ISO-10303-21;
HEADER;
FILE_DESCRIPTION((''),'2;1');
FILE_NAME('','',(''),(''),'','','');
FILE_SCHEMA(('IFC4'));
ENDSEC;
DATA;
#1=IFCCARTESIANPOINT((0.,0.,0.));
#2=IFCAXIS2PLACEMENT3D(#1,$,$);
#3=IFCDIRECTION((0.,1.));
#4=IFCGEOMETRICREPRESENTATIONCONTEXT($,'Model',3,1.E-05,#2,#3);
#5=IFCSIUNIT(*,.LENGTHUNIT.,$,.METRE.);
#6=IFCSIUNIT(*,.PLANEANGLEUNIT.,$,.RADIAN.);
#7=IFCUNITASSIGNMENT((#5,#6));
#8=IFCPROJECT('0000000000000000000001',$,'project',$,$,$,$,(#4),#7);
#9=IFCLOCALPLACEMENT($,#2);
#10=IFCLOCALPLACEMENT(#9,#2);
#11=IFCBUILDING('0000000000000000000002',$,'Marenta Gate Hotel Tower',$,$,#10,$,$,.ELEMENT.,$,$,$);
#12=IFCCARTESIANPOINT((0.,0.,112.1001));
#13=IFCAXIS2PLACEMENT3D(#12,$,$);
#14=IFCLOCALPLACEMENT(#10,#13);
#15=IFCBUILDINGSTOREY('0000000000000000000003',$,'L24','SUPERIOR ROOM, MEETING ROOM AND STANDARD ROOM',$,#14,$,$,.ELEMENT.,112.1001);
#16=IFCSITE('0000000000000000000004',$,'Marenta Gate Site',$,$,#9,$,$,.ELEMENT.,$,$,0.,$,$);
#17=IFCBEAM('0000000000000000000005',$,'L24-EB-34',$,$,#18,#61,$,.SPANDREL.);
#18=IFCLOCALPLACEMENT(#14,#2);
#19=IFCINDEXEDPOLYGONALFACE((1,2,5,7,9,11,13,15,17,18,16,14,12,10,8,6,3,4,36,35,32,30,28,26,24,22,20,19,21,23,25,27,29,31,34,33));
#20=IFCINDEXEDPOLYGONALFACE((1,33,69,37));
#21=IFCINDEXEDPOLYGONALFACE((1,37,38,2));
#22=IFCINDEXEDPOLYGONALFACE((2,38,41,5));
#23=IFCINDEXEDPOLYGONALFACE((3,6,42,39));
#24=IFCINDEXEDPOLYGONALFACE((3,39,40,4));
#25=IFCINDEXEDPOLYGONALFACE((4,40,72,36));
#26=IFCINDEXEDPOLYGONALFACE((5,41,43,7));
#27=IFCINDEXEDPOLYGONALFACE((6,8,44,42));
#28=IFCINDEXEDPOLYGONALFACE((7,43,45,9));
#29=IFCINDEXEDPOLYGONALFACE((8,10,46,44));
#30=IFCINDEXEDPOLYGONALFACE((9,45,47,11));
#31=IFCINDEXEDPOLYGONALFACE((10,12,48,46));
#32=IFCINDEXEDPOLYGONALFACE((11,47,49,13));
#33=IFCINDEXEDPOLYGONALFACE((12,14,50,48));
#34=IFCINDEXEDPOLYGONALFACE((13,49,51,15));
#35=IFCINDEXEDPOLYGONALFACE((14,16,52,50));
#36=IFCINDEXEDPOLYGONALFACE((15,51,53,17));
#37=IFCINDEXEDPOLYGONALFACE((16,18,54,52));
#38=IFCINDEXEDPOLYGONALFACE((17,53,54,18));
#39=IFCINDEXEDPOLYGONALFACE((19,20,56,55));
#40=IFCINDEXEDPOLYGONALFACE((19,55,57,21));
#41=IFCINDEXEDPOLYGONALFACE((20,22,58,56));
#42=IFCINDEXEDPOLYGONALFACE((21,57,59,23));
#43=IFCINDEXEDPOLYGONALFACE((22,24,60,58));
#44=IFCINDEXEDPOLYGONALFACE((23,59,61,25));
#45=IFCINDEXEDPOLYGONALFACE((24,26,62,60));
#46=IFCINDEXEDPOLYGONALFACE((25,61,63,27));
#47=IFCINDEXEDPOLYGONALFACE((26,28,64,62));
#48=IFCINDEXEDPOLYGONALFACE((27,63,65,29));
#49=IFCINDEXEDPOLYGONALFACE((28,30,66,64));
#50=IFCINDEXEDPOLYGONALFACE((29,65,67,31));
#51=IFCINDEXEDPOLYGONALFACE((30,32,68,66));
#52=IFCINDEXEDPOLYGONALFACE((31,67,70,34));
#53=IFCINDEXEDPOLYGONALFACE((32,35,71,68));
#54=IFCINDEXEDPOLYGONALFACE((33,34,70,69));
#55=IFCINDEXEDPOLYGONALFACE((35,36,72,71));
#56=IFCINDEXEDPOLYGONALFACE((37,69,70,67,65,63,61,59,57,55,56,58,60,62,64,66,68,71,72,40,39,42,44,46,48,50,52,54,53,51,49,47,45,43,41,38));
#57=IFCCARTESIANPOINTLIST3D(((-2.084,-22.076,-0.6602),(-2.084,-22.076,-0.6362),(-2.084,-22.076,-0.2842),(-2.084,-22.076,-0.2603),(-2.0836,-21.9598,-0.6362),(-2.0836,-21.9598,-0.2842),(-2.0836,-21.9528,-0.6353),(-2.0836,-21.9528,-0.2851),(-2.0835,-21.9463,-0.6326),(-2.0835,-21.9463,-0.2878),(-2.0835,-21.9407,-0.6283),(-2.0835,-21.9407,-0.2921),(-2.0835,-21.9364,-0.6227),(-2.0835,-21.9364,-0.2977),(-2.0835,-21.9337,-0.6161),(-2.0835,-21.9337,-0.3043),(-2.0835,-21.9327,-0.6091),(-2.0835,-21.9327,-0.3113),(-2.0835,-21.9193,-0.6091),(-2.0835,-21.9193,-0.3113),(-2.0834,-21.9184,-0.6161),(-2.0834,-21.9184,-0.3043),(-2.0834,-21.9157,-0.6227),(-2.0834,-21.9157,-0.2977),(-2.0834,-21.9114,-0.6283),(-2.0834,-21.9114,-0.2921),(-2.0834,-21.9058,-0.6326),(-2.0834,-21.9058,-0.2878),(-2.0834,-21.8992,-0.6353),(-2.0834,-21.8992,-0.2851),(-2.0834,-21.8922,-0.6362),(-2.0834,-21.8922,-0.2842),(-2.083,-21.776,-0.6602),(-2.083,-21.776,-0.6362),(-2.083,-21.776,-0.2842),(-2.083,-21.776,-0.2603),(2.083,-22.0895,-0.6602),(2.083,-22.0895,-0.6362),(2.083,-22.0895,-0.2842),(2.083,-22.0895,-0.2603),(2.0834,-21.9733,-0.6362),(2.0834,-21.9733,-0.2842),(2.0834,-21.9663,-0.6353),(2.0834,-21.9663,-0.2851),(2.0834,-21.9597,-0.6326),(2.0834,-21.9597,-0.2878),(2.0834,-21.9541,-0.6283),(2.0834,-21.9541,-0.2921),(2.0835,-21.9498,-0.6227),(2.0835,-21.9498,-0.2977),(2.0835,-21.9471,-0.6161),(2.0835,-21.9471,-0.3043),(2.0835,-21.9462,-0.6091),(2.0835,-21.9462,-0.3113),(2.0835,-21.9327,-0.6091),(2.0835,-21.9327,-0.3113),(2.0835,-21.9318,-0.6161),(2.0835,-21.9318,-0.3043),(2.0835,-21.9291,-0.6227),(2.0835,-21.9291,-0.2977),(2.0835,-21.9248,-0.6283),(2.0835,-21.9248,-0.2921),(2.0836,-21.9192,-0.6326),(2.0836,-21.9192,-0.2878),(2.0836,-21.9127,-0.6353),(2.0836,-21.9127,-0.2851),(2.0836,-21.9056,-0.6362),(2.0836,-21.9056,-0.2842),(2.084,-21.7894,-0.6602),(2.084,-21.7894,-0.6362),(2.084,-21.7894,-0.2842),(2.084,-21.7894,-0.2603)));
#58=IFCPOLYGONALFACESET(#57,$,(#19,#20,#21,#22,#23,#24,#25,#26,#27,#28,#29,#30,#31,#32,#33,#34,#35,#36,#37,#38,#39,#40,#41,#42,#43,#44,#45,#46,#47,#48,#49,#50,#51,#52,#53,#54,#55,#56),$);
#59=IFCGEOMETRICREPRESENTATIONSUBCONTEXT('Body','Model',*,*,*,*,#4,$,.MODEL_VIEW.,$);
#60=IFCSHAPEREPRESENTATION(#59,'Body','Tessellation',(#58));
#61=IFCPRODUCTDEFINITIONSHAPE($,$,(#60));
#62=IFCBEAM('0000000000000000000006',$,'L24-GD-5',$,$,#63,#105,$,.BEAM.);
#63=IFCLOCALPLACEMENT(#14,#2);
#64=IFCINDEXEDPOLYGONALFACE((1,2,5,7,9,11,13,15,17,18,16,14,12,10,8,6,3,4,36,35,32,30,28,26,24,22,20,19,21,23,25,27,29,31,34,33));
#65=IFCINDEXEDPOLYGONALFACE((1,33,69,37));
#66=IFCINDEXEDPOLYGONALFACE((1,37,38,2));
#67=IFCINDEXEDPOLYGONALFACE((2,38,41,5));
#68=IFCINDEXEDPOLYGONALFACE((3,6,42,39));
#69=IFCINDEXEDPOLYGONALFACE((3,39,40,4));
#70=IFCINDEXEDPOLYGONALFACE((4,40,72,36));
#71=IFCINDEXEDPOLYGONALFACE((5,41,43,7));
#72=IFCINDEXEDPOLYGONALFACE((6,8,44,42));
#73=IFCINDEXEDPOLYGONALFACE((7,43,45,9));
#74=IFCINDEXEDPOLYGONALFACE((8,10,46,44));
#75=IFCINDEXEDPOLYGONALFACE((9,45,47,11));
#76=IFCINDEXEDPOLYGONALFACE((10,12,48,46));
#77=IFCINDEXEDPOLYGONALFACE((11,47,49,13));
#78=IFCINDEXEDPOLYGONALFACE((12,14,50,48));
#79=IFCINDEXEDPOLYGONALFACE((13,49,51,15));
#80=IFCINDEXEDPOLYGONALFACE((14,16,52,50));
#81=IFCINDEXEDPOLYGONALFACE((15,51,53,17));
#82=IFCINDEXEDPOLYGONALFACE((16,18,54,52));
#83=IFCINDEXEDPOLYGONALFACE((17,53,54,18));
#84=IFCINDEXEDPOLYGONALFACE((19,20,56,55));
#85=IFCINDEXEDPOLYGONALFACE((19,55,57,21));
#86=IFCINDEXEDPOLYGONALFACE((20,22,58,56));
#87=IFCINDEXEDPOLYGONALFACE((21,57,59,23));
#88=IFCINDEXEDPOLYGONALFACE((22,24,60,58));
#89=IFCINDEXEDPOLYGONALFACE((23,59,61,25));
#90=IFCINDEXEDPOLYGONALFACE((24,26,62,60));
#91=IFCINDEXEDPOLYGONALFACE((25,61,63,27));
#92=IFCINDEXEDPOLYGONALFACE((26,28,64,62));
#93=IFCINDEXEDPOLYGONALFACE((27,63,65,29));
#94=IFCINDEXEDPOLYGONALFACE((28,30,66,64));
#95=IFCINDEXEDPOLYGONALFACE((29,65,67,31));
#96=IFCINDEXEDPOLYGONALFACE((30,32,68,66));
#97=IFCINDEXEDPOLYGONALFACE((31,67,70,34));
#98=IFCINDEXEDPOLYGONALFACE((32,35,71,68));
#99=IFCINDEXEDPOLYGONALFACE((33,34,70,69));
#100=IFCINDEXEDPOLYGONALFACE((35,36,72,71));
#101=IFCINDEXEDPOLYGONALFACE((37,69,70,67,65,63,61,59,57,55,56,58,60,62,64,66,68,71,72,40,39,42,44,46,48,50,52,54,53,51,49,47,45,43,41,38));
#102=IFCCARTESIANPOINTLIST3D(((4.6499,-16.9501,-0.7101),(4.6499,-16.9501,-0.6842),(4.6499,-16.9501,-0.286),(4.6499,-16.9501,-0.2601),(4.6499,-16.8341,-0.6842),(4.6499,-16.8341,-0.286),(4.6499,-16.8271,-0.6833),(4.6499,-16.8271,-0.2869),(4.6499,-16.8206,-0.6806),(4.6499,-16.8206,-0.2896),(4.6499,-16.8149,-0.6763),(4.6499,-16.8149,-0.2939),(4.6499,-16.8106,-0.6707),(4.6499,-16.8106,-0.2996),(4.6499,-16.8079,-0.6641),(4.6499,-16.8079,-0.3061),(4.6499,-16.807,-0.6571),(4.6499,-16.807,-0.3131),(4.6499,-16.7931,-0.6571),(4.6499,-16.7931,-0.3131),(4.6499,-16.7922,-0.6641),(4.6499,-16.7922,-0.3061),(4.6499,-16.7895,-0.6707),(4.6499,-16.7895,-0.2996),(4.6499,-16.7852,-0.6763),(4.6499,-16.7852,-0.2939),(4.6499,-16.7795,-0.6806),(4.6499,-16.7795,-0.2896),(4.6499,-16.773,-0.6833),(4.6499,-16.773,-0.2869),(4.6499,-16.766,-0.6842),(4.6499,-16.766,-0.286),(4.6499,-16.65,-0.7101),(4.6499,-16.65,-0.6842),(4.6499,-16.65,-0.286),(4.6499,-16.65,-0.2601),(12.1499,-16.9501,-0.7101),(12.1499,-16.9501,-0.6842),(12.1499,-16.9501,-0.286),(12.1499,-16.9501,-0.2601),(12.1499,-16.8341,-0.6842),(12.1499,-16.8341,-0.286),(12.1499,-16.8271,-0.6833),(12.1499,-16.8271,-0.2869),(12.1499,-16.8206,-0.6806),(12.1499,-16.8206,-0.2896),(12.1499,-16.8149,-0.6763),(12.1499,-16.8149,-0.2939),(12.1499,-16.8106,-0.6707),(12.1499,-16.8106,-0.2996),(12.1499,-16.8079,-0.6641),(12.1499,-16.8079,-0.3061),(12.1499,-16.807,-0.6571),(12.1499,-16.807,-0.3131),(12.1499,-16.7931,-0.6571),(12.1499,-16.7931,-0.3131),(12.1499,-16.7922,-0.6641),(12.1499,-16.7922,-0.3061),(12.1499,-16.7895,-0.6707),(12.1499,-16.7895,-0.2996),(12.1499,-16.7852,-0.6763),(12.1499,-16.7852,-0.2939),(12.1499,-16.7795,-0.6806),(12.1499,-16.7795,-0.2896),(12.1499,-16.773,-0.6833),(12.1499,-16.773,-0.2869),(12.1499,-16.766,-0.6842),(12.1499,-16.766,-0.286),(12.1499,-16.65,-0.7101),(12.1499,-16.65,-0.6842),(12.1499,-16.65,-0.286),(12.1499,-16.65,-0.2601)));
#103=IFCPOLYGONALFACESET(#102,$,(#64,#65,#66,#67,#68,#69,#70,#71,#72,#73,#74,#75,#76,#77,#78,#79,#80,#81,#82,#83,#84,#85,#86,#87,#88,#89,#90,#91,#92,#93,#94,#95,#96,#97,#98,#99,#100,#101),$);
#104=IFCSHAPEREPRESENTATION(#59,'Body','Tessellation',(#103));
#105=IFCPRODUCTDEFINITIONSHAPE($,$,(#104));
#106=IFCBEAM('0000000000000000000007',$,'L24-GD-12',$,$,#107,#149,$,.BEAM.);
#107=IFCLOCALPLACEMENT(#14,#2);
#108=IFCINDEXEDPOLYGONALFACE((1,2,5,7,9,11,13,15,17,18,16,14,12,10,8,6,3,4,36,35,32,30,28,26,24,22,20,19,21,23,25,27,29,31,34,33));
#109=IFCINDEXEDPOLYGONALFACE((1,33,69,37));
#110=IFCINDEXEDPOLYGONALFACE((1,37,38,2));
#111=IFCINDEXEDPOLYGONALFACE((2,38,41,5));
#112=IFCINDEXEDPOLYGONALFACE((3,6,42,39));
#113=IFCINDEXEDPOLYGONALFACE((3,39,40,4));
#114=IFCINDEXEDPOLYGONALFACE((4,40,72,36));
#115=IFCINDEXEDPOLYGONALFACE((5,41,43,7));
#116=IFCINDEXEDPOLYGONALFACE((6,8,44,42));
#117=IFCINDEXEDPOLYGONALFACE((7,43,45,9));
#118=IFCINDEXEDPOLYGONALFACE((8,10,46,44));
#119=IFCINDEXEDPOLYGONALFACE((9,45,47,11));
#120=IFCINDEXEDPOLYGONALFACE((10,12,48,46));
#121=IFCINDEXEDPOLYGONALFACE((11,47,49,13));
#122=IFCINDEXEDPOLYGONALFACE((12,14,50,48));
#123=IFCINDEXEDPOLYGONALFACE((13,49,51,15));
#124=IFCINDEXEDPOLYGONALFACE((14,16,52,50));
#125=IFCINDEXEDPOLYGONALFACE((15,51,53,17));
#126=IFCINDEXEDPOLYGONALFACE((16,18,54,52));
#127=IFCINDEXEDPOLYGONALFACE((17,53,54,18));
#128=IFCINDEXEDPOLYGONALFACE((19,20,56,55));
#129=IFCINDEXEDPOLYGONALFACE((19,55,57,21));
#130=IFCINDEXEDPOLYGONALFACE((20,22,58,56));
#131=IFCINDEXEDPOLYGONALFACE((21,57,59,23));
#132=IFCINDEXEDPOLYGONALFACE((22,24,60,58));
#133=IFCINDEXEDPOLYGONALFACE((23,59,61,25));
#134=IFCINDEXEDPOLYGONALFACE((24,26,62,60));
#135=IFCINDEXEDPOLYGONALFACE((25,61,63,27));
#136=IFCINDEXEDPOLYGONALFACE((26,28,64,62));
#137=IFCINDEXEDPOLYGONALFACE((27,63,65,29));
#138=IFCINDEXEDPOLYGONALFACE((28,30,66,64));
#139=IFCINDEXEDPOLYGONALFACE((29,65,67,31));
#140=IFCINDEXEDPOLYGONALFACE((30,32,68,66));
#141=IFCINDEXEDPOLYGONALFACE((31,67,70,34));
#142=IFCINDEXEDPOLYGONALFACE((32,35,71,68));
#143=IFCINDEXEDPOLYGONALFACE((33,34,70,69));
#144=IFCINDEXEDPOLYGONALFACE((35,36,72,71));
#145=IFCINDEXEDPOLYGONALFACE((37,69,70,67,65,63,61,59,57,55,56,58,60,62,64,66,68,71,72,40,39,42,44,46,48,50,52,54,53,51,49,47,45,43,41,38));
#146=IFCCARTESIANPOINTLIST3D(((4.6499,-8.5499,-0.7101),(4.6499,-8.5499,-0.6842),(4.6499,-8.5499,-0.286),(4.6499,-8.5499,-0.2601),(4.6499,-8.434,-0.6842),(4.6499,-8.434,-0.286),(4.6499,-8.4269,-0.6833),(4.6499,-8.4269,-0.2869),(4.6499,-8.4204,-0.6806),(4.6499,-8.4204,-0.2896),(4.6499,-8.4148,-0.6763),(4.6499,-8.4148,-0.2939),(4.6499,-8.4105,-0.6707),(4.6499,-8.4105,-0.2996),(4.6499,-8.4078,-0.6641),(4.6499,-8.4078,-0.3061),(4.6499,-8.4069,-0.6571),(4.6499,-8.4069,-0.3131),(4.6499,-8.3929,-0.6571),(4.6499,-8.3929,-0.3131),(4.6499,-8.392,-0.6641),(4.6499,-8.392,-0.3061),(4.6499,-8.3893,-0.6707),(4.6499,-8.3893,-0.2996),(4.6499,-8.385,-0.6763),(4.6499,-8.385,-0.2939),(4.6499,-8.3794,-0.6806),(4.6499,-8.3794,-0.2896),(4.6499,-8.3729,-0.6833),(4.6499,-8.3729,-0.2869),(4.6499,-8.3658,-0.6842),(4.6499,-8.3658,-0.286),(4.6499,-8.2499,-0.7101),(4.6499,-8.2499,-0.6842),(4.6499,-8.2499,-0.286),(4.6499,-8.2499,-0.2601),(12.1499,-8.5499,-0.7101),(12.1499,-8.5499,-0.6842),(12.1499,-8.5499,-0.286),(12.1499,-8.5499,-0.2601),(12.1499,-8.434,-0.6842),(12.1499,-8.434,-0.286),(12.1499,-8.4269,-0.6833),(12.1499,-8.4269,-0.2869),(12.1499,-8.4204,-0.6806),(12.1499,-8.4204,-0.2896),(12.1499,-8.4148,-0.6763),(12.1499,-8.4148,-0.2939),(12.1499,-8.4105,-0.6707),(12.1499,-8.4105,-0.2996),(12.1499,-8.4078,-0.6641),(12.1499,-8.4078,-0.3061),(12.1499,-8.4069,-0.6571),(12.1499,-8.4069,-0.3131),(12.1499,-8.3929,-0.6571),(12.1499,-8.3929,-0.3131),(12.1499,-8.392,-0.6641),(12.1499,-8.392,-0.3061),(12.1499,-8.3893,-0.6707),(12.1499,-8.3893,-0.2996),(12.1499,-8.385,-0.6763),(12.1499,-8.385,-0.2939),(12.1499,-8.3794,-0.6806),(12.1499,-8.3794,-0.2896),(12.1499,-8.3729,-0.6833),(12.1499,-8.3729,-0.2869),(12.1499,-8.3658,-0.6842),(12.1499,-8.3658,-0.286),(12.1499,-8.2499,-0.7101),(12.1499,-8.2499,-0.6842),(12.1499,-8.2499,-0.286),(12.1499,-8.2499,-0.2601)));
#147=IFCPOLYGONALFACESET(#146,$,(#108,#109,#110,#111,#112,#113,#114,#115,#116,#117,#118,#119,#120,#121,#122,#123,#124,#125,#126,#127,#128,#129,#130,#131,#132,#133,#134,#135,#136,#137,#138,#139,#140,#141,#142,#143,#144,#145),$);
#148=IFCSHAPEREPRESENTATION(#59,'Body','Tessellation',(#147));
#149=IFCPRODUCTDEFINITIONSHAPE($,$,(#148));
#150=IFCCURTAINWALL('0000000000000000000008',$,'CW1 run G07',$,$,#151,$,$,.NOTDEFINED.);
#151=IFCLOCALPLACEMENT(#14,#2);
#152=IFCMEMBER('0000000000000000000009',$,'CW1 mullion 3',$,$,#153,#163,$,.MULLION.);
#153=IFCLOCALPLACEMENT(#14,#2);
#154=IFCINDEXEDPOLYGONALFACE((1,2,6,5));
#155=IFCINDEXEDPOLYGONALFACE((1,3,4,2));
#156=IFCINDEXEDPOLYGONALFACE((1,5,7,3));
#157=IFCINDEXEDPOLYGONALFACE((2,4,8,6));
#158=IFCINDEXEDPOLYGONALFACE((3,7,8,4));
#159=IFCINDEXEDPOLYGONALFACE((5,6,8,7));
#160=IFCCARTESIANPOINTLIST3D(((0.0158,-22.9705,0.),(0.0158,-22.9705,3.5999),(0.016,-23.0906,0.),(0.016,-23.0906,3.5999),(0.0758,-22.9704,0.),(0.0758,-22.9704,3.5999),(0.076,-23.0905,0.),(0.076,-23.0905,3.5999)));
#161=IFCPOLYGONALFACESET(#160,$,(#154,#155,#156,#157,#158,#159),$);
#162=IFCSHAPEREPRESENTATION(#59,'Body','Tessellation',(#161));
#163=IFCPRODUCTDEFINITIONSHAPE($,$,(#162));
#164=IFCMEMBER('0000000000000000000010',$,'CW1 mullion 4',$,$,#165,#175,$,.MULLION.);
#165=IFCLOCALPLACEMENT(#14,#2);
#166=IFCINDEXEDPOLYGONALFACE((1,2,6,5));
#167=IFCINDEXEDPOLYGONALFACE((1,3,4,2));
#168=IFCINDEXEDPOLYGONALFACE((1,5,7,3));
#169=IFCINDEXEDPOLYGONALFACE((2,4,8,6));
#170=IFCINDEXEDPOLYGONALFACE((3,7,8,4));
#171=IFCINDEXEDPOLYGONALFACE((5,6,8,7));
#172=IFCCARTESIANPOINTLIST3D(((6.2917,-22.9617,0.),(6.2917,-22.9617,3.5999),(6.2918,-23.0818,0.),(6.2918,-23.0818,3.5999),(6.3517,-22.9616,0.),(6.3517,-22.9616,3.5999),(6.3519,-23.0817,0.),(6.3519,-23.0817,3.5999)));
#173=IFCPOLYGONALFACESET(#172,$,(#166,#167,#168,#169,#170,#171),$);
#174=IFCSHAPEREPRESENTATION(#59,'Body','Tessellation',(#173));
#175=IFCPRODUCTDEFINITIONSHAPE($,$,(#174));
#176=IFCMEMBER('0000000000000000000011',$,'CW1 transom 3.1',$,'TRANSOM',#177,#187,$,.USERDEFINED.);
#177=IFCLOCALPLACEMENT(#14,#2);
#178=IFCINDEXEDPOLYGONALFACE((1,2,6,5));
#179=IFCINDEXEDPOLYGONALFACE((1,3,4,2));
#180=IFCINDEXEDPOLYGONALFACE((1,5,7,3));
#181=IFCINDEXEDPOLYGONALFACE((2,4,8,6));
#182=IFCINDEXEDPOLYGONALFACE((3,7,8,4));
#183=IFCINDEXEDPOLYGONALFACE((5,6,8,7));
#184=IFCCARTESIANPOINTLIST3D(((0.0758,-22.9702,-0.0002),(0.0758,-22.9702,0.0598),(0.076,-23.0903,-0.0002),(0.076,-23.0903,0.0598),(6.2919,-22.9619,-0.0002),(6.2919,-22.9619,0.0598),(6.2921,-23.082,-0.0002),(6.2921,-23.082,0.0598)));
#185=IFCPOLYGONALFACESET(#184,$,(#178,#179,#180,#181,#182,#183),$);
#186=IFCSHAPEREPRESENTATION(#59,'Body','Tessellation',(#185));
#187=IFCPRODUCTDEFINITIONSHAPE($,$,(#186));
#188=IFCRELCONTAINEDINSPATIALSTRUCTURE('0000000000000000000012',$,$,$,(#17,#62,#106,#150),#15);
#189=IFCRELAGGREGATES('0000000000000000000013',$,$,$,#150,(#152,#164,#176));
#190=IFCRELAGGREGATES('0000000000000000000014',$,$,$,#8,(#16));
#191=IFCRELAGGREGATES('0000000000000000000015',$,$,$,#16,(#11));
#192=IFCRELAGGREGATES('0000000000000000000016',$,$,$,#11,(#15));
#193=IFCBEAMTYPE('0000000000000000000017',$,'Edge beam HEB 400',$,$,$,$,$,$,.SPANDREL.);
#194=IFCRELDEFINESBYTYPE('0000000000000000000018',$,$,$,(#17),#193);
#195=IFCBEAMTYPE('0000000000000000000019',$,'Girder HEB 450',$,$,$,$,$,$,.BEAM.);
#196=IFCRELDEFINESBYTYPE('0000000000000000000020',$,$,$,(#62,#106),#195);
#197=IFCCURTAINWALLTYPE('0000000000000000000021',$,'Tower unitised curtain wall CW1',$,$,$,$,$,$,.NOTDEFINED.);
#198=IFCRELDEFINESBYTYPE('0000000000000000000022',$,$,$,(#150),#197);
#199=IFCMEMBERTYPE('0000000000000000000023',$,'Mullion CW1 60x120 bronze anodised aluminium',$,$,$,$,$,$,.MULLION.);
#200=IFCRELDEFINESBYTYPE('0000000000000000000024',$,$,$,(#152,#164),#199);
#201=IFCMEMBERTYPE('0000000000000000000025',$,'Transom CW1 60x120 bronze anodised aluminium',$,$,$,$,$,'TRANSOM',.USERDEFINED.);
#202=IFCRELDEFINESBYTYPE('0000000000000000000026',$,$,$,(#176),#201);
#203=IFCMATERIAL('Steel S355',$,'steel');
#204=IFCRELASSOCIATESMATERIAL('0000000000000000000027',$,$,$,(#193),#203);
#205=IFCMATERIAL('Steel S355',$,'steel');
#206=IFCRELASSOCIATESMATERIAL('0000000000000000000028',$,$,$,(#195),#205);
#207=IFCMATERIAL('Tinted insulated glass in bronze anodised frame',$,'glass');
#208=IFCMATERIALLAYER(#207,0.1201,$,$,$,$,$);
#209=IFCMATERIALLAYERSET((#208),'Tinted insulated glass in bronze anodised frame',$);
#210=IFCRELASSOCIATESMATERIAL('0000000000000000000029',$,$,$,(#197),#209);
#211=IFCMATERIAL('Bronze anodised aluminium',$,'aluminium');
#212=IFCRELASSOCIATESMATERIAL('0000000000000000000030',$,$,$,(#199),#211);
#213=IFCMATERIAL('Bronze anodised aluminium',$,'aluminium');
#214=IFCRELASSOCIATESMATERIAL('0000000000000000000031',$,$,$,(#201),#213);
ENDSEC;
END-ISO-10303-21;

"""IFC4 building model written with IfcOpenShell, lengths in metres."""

from ifc_helpers import new_model, si_unit, direction, frame, origin, origin_2d, place, context, subcontext, project, spatial, rectangle, i_section, extrude, material, layer, layer_set, material_profile, profile_set, type_object, element, aggregate, save


model = new_model("IFC4")

# Units and contexts
model_context = context("Model", 3, precision=1e-05, world=origin(), true_north=direction((0.0, 1.0)))
body_context = subcontext(model_context, "Body", "Model", "MODEL_VIEW")
ifc_project = project(units=[si_unit("LENGTHUNIT", "METRE"), si_unit("PLANEANGLEUNIT", "RADIAN")], contexts=[model_context])

# Site, building, storey
site_placement = place(None, origin())
site = spatial("IfcSite", under=ifc_project, at=site_placement, Name="Marenta Gate Site", CompositionType="ELEMENT", RefElevation=0.0)
building_placement = place(site_placement, origin())
building = spatial("IfcBuilding", under=site, at=building_placement, Name="Marenta Gate Hotel Tower", CompositionType="ELEMENT")
storey_placement = place(building_placement, frame((0.0, 0.0, 112.1001)))
storey = spatial("IfcBuildingStorey", under=building, at=storey_placement, Name="L24", Description="SUPERIOR ROOM, MEETING ROOM AND STANDARD ROOM", CompositionType="ELEMENT", Elevation=112.1001)

# Beams
ifc_material_1 = material(Name="Steel S355", Category="steel")
ifc_material_profile_1 = material_profile(ifc_material_1, i_section(OverallWidth=0.3, OverallDepth=0.3999, WebThickness=0.0134, FlangeThickness=0.0239, FilletRadius=0.0271, at=origin_2d()), Name="HEB 400")
ifc_profile_set_1 = profile_set([ifc_material_profile_1], Name="Steel S355")
beam_type_1 = type_object("IfcBeamType", Name="Edge beam HEB 400", PredefinedType="SPANDREL", material=ifc_profile_set_1)
beam_1_placement = place(storey_placement, frame((2.0835, -21.9395, -0.4602), z_axis=(-0.999995, 0.003222, 0.0), x_axis=(-0.003222, -0.999995, 0.0)))
element("IfcBeam", 1, at=beam_1_placement, inside=storey, type_object=beam_type_1, Name="L24-EB-34", PredefinedType="SPANDREL", context=body_context, shape_type="SweptSolid", body=[
    extrude(i_section(OverallWidth=0.3, OverallDepth=0.3999, WebThickness=0.0134, FlangeThickness=0.0239, FilletRadius=0.0271, at=origin_2d()), origin(), (0.0, 0.0, 1.0), 4.167),
])
ifc_material_2 = material(Name="Steel S355", Category="steel")
ifc_material_profile_2 = material_profile(ifc_material_2, i_section(OverallWidth=0.3, OverallDepth=0.45, WebThickness=0.0139, FlangeThickness=0.0259, FilletRadius=0.0271, at=origin_2d()), Name="HEB 450")
ifc_profile_set_2 = profile_set([ifc_material_profile_2], Name="Steel S355")
beam_type_2 = type_object("IfcBeamType", Name="Girder HEB 450", PredefinedType="BEAM", material=ifc_profile_set_2)
for number, where, z_axis, x_axis, name in (
    (2, (4.6499, -16.8, -0.4851), (1.0, 0.0, 0.0), (0.0, 1.0, 0.0), "L24-GD-5"),
    (3, (4.6499, -8.3999, -0.4851), (1.0, 0.0, 0.0), (0.0, 1.0, 0.0), "L24-GD-12"),
):
    element("IfcBeam", number, at=place(storey_placement, frame(where, z_axis=z_axis, x_axis=x_axis)), inside=storey, type_object=beam_type_2, Name=name, PredefinedType="BEAM", context=body_context, shape_type="SweptSolid", body=[
        extrude(i_section(OverallWidth=0.3, OverallDepth=0.45, WebThickness=0.0139, FlangeThickness=0.0259, FilletRadius=0.0271, at=origin_2d()), origin(), (0.0, 0.0, 1.0), 7.5),
    ])

# Curtain wall, members
ifc_material_3 = material(Name="Tinted insulated glass in bronze anodised frame", Category="glass")
ifc_layer_1 = layer(ifc_material_3, 0.1201)
ifc_layer_set_1 = layer_set([ifc_layer_1], Name="Tinted insulated glass in bronze anodised frame")
curtain_wall_type = type_object("IfcCurtainWallType", Name="Tower unitised curtain wall CW1", PredefinedType="NOTDEFINED", material=ifc_layer_set_1)
curtain_wall_placement = place(storey_placement, origin())
curtain_wall = element("IfcCurtainWall", 4, at=curtain_wall_placement, inside=storey, type_object=curtain_wall_type, Name="CW1 run G07", PredefinedType="NOTDEFINED")
ifc_material_4 = material(Name="Bronze anodised aluminium", Category="aluminium")
ifc_material_profile_3 = material_profile(ifc_material_4, rectangle(XDim=0.1201, YDim=0.0601, at=origin_2d()), Name="Mullion CW1 60x120 bronze anodised aluminium")
ifc_profile_set_3 = profile_set([ifc_material_profile_3], Name="Bronze anodised aluminium")
member_type_1 = type_object("IfcMemberType", Name="Mullion CW1 60x120 bronze anodised aluminium", PredefinedType="MULLION", material=ifc_profile_set_3)
member_1_placement = place(storey_placement, frame((0.0459, -23.0305, 0.0), z_axis=(0.0, 0.0, 1.0), x_axis=(-0.001362, 0.999999, 0.0)))
member_1 = element("IfcMember", 5, at=member_1_placement, type_object=member_type_1, Name="CW1 mullion 3", PredefinedType="MULLION", context=body_context, shape_type="SweptSolid", body=[
    extrude(rectangle(XDim=0.1201, YDim=0.0601, at=origin_2d()), origin(), (0.0, 0.0, 1.0), 3.5999),
])
member_2_placement = place(storey_placement, frame((6.3218, -23.0217, 0.0), z_axis=(0.0, 0.0, 1.0), x_axis=(-0.001362, 0.999999, 0.0)))
member_2 = element("IfcMember", 6, at=member_2_placement, type_object=member_type_1, Name="CW1 mullion 4", PredefinedType="MULLION", context=body_context, shape_type="SweptSolid", body=[
    extrude(rectangle(XDim=0.1201, YDim=0.0601, at=origin_2d()), origin(), (0.0, 0.0, 1.0), 3.5999),
])
ifc_material_5 = material(Name="Bronze anodised aluminium", Category="aluminium")
ifc_material_profile_4 = material_profile(ifc_material_5, rectangle(XDim=0.1201, YDim=0.0601, at=origin_2d()), Name="Transom CW1 60x120 bronze anodised aluminium")
ifc_profile_set_4 = profile_set([ifc_material_profile_4], Name="Bronze anodised aluminium")
member_type_2 = type_object("IfcMemberType", Name="Transom CW1 60x120 bronze anodised aluminium", ElementType="TRANSOM", PredefinedType="USERDEFINED", material=ifc_profile_set_4)
member_3_placement = place(storey_placement, frame((0.0759, -23.0303, 0.0298), z_axis=(0.999999, 0.001335, 0.0), x_axis=(-0.001335, 0.999999, 0.0)))
member_3 = element("IfcMember", 7, at=member_3_placement, type_object=member_type_2, Name="CW1 transom 3.1", ObjectType="TRANSOM", PredefinedType="USERDEFINED", context=body_context, shape_type="SweptSolid", body=[
    extrude(rectangle(XDim=0.1201, YDim=0.0601, at=origin_2d()), origin(), (0.0, 0.0, 1.0), 6.2161),
])
aggregate(curtain_wall, [member_1, member_2, member_3])

save(model, "model.ifc")
